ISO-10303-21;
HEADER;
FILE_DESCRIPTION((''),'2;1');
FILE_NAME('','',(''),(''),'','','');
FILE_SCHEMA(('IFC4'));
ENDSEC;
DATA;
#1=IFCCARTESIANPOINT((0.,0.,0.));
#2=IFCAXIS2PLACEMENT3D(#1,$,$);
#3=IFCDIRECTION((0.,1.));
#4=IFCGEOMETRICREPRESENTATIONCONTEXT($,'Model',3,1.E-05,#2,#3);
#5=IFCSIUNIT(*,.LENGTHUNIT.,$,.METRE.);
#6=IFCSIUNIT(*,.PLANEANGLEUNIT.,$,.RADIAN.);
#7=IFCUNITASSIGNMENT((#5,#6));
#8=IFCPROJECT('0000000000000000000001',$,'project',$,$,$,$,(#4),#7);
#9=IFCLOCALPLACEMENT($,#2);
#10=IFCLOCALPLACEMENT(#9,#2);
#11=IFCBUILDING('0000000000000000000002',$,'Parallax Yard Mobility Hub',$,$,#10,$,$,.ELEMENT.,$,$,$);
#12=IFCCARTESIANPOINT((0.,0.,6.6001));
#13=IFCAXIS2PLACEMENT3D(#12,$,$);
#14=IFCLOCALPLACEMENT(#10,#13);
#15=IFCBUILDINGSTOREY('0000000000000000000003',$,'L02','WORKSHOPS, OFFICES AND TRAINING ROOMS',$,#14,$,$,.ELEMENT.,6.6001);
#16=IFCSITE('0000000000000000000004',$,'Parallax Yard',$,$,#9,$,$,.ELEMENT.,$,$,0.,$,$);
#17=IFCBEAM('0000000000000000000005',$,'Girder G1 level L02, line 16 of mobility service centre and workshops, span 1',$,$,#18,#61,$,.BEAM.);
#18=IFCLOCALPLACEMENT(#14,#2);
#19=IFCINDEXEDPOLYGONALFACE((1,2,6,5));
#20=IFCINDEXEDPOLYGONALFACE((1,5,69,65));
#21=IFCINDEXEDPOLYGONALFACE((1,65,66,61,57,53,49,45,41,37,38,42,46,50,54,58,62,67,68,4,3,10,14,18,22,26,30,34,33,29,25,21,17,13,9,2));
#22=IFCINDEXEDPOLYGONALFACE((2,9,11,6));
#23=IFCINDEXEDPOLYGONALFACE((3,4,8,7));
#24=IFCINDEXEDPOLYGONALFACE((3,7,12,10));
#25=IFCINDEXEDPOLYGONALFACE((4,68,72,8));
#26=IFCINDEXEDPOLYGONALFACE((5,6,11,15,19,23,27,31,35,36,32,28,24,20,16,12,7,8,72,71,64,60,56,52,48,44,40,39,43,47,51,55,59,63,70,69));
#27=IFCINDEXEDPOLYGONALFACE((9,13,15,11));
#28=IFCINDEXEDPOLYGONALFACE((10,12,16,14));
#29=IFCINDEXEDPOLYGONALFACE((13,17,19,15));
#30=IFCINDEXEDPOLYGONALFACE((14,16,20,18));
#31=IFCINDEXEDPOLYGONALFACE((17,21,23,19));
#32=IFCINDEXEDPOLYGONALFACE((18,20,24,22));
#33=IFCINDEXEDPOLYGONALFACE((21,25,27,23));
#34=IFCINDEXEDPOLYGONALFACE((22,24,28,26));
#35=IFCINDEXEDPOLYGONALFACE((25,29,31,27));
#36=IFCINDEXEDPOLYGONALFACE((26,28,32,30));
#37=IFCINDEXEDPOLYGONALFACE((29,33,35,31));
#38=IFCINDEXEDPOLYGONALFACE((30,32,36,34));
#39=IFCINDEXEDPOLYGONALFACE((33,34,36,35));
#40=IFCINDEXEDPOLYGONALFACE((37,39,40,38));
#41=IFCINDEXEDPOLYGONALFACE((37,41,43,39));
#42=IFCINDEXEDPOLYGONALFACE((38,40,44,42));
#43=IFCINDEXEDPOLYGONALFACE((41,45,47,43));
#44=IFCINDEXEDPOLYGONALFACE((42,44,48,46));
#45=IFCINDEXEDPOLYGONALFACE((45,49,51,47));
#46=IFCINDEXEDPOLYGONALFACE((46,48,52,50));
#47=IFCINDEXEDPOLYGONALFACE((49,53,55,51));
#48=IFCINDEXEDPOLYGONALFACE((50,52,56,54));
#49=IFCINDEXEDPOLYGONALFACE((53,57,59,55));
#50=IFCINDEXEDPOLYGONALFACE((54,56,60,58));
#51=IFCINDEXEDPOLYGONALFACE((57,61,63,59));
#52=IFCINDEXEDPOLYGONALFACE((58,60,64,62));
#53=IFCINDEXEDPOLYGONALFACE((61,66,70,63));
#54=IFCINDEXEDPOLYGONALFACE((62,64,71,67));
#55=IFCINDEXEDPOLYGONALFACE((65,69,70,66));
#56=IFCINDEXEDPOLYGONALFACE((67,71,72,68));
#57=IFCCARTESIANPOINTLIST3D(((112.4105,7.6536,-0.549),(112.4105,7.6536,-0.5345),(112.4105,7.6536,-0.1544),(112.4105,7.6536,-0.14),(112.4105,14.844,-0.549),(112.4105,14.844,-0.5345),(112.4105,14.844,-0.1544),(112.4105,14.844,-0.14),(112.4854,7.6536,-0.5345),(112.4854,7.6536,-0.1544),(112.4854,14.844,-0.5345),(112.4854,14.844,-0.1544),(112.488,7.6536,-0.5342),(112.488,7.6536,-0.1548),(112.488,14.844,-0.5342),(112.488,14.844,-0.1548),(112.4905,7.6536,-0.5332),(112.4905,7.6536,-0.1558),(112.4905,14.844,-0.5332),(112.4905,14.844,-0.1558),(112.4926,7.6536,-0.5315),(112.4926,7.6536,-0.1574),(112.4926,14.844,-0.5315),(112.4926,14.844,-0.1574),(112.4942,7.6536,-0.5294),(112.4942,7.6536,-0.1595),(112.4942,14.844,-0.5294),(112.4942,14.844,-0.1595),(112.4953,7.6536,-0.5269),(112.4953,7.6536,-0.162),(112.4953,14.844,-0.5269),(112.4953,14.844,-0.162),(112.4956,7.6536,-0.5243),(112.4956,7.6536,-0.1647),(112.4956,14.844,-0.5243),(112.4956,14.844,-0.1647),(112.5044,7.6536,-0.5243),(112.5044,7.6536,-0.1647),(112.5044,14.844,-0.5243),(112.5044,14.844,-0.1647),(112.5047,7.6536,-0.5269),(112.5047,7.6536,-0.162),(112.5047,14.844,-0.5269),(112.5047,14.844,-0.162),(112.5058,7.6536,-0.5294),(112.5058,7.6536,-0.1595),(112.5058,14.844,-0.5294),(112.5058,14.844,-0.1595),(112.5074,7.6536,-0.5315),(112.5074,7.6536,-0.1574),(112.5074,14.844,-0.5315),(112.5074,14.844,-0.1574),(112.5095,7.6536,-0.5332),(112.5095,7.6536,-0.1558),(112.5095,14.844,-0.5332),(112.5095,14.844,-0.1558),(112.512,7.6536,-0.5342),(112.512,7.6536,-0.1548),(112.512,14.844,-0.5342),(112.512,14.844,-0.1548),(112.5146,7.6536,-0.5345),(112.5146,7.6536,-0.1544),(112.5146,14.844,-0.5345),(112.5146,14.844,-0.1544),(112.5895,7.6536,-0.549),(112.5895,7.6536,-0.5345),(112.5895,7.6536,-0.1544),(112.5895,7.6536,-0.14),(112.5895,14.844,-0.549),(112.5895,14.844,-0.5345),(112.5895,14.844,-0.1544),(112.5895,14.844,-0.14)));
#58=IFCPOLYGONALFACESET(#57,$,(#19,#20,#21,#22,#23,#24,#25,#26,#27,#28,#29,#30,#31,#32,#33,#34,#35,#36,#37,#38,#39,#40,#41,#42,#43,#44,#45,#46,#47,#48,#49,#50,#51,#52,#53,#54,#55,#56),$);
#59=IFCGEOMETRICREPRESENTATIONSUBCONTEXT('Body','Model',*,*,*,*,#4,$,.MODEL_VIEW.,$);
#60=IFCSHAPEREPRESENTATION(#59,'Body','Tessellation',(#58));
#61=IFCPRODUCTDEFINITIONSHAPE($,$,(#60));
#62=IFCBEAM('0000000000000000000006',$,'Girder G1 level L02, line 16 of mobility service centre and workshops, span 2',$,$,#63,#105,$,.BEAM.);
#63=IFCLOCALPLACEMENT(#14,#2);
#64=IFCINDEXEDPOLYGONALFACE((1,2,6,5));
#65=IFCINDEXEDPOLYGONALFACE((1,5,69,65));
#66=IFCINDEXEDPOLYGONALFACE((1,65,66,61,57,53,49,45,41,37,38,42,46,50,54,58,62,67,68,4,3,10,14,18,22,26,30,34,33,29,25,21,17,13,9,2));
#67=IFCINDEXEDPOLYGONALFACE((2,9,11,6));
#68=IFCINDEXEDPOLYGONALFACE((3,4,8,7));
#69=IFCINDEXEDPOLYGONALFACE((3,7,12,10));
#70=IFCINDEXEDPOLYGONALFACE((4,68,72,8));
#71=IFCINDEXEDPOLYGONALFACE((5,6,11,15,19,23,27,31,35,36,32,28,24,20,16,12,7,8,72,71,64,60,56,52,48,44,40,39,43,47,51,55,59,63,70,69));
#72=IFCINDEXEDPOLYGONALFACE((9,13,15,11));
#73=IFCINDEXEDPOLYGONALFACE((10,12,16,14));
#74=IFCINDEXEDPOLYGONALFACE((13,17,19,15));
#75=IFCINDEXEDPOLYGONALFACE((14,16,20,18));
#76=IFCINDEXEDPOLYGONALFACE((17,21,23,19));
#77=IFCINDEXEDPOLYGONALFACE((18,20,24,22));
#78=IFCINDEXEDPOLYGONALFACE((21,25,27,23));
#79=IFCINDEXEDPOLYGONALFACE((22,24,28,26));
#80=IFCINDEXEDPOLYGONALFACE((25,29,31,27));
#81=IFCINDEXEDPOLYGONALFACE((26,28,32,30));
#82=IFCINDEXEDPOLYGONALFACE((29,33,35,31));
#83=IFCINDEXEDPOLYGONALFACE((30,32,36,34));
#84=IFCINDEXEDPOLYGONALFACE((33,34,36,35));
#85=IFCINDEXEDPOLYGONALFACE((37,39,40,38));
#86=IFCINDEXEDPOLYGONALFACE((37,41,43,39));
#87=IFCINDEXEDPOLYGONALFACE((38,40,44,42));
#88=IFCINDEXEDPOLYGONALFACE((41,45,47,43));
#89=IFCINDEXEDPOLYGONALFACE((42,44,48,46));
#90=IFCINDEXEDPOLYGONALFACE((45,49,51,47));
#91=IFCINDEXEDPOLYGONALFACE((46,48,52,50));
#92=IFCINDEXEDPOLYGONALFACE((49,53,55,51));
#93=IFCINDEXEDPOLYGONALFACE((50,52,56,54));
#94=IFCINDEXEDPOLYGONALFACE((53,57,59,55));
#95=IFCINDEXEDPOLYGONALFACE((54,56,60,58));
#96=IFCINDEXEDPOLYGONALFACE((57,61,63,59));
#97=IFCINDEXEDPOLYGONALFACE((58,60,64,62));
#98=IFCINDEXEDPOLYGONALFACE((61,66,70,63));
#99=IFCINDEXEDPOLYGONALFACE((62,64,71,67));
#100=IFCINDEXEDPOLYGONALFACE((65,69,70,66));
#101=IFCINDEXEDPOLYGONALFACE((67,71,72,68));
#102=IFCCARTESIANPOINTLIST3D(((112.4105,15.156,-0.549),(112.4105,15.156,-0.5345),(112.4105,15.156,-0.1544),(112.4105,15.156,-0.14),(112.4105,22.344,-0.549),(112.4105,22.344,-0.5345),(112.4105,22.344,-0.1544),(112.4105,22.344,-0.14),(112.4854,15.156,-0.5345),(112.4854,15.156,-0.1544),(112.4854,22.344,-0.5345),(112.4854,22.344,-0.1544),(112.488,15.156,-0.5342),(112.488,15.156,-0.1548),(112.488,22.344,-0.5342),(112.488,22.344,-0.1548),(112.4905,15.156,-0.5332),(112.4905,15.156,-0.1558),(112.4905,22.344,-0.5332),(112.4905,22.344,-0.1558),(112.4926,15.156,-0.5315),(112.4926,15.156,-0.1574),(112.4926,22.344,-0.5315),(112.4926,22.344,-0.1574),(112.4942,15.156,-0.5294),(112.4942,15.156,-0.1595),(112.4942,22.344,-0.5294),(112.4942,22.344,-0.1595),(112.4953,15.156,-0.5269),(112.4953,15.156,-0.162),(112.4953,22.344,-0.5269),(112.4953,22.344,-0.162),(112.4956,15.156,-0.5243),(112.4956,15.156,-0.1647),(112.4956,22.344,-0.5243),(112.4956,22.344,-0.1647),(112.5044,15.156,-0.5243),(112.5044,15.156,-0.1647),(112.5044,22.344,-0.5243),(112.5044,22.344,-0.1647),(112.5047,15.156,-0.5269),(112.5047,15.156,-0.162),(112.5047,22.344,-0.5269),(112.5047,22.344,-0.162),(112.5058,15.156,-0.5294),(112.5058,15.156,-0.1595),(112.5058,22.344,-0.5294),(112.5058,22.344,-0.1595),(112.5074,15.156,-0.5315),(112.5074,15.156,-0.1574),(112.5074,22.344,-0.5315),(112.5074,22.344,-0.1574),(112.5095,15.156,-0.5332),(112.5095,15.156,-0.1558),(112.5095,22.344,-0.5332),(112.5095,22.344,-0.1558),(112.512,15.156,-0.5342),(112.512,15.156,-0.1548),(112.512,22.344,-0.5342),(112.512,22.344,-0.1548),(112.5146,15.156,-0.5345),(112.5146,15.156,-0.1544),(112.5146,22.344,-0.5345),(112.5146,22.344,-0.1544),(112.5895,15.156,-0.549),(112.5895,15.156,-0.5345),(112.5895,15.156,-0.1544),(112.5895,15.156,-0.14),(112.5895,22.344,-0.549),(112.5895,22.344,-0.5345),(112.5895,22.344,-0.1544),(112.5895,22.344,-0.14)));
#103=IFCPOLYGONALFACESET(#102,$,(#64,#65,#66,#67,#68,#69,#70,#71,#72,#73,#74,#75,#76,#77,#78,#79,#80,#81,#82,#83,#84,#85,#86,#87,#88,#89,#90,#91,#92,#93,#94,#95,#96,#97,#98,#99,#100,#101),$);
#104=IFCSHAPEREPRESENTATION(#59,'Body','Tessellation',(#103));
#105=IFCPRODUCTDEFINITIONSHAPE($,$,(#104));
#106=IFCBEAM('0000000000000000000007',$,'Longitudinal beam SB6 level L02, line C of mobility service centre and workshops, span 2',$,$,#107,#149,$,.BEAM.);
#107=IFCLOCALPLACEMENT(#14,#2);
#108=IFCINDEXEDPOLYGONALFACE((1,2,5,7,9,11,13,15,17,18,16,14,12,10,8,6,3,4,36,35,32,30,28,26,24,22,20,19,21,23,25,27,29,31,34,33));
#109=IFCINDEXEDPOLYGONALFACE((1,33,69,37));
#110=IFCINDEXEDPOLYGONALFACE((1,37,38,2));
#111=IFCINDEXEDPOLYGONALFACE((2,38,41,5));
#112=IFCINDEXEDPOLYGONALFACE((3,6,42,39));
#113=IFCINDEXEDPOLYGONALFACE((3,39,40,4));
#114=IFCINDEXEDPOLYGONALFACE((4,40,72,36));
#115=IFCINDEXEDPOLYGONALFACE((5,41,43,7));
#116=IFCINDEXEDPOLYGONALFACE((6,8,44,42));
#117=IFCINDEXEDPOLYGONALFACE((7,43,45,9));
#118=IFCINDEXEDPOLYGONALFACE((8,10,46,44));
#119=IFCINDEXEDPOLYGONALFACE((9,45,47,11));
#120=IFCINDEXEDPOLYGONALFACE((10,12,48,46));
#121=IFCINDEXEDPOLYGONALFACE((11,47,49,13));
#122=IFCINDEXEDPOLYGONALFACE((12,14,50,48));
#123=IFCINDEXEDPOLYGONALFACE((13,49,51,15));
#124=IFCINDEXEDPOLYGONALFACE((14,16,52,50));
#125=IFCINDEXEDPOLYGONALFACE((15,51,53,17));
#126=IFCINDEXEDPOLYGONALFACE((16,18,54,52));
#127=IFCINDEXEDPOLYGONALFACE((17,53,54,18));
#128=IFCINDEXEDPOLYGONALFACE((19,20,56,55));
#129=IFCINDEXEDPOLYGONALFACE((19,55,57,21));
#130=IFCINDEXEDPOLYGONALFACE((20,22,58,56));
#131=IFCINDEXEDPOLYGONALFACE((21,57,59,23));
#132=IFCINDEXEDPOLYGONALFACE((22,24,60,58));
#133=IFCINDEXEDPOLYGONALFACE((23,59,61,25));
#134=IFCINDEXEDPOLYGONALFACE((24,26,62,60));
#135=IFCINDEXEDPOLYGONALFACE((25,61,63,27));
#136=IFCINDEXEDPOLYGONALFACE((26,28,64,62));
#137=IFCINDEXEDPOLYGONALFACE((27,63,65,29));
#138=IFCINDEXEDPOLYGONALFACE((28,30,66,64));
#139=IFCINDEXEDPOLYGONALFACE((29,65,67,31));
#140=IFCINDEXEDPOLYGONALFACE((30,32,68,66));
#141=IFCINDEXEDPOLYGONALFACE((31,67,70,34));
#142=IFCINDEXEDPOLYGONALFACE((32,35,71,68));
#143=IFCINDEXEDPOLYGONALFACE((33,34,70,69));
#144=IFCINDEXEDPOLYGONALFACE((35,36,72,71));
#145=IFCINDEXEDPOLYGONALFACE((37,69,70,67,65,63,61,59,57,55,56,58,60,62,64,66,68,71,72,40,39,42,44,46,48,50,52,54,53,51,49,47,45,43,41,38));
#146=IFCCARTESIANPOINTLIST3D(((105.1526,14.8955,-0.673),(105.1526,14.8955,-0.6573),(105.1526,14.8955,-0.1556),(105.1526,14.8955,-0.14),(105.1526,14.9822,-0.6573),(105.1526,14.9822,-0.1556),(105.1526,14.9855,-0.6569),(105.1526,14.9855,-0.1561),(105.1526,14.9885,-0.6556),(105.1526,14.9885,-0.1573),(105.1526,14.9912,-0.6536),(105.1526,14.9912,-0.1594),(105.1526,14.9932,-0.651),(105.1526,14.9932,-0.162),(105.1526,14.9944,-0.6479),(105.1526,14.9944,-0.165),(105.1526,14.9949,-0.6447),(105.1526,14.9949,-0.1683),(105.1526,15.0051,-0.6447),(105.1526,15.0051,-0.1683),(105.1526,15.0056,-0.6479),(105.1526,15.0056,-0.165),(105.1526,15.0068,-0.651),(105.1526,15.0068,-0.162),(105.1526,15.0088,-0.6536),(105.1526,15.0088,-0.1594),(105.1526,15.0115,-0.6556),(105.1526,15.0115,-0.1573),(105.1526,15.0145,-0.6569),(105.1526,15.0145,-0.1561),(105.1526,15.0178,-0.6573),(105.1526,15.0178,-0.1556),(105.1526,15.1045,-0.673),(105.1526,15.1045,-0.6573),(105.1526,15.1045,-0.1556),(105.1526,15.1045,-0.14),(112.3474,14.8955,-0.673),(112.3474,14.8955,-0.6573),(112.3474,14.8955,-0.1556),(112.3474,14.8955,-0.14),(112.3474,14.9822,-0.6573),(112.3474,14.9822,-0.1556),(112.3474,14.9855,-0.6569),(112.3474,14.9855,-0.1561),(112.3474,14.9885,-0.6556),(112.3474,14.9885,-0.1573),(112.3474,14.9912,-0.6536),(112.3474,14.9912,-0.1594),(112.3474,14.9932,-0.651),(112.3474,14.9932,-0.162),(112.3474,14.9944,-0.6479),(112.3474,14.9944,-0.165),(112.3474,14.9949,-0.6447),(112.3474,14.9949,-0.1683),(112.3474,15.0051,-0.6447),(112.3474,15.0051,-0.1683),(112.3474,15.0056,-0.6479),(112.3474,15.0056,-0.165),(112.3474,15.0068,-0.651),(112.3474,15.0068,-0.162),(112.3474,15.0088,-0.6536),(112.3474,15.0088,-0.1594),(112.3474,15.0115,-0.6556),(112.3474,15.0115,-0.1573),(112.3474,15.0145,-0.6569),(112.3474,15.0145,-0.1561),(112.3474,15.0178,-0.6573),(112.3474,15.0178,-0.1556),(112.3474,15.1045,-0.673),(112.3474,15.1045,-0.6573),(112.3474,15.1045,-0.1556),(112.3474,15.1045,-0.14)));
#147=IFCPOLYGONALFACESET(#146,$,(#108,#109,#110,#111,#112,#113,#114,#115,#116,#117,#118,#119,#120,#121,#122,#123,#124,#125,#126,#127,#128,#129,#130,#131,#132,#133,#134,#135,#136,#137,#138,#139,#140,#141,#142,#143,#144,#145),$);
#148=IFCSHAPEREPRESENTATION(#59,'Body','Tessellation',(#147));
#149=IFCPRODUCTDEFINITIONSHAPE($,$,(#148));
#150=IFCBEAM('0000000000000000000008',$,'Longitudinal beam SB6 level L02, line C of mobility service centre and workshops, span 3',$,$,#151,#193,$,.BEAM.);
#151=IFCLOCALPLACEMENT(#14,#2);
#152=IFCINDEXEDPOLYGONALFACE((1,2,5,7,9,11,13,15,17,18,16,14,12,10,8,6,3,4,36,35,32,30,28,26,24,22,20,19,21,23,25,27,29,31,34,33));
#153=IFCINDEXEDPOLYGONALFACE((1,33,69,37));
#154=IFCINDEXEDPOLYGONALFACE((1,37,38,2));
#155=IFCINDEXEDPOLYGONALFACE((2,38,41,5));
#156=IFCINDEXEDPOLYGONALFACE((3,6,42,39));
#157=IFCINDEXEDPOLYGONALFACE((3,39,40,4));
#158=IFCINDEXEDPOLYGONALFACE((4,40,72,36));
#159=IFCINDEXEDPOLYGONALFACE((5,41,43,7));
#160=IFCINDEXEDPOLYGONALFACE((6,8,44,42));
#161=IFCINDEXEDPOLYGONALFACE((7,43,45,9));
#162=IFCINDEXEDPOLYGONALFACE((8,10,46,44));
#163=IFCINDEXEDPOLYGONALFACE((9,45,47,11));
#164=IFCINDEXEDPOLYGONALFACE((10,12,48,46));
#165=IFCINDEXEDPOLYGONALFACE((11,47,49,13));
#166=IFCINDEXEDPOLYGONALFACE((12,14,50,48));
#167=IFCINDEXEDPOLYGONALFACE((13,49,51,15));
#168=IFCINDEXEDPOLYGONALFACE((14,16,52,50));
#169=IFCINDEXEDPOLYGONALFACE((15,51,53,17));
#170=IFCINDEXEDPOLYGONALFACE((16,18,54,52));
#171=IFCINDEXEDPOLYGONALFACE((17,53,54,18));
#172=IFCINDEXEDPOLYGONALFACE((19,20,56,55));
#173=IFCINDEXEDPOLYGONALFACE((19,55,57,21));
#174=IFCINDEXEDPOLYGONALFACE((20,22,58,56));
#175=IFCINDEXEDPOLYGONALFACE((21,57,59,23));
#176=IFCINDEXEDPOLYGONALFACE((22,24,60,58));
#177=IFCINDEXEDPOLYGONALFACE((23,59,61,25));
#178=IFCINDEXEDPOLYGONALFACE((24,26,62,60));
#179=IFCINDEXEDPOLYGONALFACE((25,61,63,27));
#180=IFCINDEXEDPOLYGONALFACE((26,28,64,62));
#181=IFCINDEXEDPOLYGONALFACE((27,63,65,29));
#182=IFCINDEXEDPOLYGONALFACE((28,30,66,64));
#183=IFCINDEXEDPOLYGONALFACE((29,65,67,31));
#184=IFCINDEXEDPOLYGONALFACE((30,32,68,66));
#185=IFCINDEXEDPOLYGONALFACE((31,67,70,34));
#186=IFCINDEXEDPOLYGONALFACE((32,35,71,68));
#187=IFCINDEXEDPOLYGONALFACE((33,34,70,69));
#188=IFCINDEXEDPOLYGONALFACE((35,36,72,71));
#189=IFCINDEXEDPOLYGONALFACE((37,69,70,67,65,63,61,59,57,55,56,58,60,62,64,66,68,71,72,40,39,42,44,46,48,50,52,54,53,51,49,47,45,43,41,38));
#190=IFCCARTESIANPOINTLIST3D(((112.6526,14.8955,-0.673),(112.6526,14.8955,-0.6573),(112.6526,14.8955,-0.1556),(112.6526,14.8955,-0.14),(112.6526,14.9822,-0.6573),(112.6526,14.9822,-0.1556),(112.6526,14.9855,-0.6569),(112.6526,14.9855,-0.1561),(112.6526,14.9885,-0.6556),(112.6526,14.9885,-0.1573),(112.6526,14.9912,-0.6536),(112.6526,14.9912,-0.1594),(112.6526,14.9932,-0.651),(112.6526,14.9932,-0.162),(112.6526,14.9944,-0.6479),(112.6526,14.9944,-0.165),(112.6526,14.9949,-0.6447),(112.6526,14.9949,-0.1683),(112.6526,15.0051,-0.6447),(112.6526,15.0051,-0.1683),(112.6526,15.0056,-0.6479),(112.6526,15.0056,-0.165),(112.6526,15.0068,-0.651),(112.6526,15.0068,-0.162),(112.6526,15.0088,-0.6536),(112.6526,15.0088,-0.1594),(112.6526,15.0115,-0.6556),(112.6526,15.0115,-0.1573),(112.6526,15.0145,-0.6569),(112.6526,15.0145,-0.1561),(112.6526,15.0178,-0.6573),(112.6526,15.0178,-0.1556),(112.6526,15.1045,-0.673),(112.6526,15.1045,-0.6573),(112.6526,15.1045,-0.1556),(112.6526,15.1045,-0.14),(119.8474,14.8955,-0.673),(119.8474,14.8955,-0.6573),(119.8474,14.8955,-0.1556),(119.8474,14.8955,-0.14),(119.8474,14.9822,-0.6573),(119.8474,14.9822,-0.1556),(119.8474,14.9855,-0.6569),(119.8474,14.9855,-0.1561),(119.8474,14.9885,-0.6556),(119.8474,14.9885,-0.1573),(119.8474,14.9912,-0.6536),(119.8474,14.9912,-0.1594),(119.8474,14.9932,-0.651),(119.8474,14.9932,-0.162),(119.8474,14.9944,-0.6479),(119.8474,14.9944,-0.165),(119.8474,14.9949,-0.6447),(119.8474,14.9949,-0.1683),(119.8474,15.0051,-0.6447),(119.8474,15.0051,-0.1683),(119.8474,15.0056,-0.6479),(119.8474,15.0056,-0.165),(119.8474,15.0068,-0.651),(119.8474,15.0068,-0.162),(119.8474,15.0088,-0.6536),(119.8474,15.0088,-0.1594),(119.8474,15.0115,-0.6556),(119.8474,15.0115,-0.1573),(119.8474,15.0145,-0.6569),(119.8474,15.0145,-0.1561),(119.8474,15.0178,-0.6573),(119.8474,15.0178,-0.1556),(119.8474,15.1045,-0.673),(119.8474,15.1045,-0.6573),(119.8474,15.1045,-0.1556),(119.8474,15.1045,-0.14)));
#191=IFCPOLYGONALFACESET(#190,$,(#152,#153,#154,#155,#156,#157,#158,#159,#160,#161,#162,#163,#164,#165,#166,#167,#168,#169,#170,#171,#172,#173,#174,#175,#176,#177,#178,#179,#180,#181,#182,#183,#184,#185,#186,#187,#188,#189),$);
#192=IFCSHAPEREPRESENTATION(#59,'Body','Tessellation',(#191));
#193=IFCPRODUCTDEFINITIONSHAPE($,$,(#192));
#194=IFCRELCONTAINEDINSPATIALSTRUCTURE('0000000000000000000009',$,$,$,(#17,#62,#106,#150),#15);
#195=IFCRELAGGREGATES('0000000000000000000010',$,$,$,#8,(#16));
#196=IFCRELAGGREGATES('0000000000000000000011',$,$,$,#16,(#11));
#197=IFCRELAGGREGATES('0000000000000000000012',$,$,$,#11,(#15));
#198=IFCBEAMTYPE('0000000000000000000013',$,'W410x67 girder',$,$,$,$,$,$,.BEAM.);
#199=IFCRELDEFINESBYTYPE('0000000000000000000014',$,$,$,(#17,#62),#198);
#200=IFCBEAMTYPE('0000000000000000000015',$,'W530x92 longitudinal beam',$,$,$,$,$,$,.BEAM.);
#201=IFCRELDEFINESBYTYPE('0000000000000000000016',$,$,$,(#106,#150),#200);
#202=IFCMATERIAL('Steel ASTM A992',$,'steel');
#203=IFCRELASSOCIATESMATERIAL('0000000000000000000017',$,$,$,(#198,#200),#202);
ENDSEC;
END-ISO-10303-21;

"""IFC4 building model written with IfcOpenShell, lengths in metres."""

from ifc_helpers import new_model, si_unit, direction, frame, origin, origin_2d, place, context, subcontext, project, spatial, i_section, extrude, material, material_profile, profile_set, type_object, element, save


model = new_model("IFC4")

# Units and contexts
model_context = context("Model", 3, precision=1e-05, world=origin(), true_north=direction((0.0, 1.0)))
body_context = subcontext(model_context, "Body", "Model", "MODEL_VIEW")
ifc_project = project(units=[si_unit("LENGTHUNIT", "METRE"), si_unit("PLANEANGLEUNIT", "RADIAN")], contexts=[model_context])

# Site, building, storey
site_placement = place(None, origin())
site = spatial("IfcSite", under=ifc_project, at=site_placement, Name="Parallax Yard", CompositionType="ELEMENT", RefElevation=0.0)
building_placement = place(site_placement, origin())
building = spatial("IfcBuilding", under=site, at=building_placement, Name="Parallax Yard Mobility Hub", CompositionType="ELEMENT")
storey_placement = place(building_placement, frame((0.0, 0.0, 6.6001)))
storey = spatial("IfcBuildingStorey", under=building, at=storey_placement, Name="L02", Description="WORKSHOPS, OFFICES AND TRAINING ROOMS", CompositionType="ELEMENT", Elevation=6.6001)

# Shared definitions
ifc_material_1 = material(Name="Steel ASTM A992", Category="steel")

# Beams
ifc_material_profile_1 = material_profile(ifc_material_1, i_section(OverallWidth=0.179, OverallDepth=0.4089, WebThickness=0.0088, FlangeThickness=0.0144, FilletRadius=0.0103, at=origin_2d()), Name="W410x67")
ifc_profile_set_1 = profile_set([ifc_material_profile_1], Name="Steel ASTM A992")
beam_type_1 = type_object("IfcBeamType", Name="W410x67 girder", PredefinedType="BEAM", material=ifc_profile_set_1)
beam_1_placement = place(storey_placement, frame((112.5, 7.6536, -0.3445), z_axis=(0.0, 1.0, 0.0), x_axis=(-1.0, 0.0, 0.0)))
element("IfcBeam", 1, at=beam_1_placement, inside=storey, type_object=beam_type_1, Name="Girder G1 level L02, line 16 of mobility service centre and workshops, span 1", PredefinedType="BEAM", context=body_context, shape_type="SweptSolid", body=[
    extrude(i_section(OverallWidth=0.179, OverallDepth=0.4089, WebThickness=0.0088, FlangeThickness=0.0144, FilletRadius=0.0103, at=origin_2d()), origin(), (0.0, 0.0, 1.0), 7.1904),
])
beam_2_placement = place(storey_placement, frame((112.5, 15.156, -0.3445), z_axis=(0.0, 1.0, 0.0), x_axis=(-1.0, 0.0, 0.0)))
element("IfcBeam", 2, at=beam_2_placement, inside=storey, type_object=beam_type_1, Name="Girder G1 level L02, line 16 of mobility service centre and workshops, span 2", PredefinedType="BEAM", context=body_context, shape_type="SweptSolid", body=[
    extrude(i_section(OverallWidth=0.179, OverallDepth=0.4089, WebThickness=0.0088, FlangeThickness=0.0144, FilletRadius=0.0103, at=origin_2d()), origin(), (0.0, 0.0, 1.0), 7.188),
])
ifc_material_profile_2 = material_profile(ifc_material_1, i_section(OverallWidth=0.209, OverallDepth=0.533, WebThickness=0.0103, FlangeThickness=0.0156, FilletRadius=0.0127, at=origin_2d()), Name="W530x92")
ifc_profile_set_2 = profile_set([ifc_material_profile_2], Name="Steel ASTM A992")
beam_type_2 = type_object("IfcBeamType", Name="W530x92 longitudinal beam", PredefinedType="BEAM", material=ifc_profile_set_2)
for number, where, z_axis, x_axis, name in (
    (3, (105.1526, 15.0, -0.4065), (1.0, 0.0, 0.0), (0.0, 1.0, 0.0), "Longitudinal beam SB6 level L02, line C of mobility service centre and workshops, span 2"),
    (4, (112.6526, 15.0, -0.4065), (1.0, 0.0, 0.0), (0.0, 1.0, 0.0), "Longitudinal beam SB6 level L02, line C of mobility service centre and workshops, span 3"),
):
    element("IfcBeam", number, at=place(storey_placement, frame(where, z_axis=z_axis, x_axis=x_axis)), inside=storey, type_object=beam_type_2, Name=name, PredefinedType="BEAM", context=body_context, shape_type="SweptSolid", body=[
        extrude(i_section(OverallWidth=0.209, OverallDepth=0.533, WebThickness=0.0103, FlangeThickness=0.0156, FilletRadius=0.0127, at=origin_2d()), origin(), (0.0, 0.0, 1.0), 7.1948),
    ])

save(model, "model.ifc")
